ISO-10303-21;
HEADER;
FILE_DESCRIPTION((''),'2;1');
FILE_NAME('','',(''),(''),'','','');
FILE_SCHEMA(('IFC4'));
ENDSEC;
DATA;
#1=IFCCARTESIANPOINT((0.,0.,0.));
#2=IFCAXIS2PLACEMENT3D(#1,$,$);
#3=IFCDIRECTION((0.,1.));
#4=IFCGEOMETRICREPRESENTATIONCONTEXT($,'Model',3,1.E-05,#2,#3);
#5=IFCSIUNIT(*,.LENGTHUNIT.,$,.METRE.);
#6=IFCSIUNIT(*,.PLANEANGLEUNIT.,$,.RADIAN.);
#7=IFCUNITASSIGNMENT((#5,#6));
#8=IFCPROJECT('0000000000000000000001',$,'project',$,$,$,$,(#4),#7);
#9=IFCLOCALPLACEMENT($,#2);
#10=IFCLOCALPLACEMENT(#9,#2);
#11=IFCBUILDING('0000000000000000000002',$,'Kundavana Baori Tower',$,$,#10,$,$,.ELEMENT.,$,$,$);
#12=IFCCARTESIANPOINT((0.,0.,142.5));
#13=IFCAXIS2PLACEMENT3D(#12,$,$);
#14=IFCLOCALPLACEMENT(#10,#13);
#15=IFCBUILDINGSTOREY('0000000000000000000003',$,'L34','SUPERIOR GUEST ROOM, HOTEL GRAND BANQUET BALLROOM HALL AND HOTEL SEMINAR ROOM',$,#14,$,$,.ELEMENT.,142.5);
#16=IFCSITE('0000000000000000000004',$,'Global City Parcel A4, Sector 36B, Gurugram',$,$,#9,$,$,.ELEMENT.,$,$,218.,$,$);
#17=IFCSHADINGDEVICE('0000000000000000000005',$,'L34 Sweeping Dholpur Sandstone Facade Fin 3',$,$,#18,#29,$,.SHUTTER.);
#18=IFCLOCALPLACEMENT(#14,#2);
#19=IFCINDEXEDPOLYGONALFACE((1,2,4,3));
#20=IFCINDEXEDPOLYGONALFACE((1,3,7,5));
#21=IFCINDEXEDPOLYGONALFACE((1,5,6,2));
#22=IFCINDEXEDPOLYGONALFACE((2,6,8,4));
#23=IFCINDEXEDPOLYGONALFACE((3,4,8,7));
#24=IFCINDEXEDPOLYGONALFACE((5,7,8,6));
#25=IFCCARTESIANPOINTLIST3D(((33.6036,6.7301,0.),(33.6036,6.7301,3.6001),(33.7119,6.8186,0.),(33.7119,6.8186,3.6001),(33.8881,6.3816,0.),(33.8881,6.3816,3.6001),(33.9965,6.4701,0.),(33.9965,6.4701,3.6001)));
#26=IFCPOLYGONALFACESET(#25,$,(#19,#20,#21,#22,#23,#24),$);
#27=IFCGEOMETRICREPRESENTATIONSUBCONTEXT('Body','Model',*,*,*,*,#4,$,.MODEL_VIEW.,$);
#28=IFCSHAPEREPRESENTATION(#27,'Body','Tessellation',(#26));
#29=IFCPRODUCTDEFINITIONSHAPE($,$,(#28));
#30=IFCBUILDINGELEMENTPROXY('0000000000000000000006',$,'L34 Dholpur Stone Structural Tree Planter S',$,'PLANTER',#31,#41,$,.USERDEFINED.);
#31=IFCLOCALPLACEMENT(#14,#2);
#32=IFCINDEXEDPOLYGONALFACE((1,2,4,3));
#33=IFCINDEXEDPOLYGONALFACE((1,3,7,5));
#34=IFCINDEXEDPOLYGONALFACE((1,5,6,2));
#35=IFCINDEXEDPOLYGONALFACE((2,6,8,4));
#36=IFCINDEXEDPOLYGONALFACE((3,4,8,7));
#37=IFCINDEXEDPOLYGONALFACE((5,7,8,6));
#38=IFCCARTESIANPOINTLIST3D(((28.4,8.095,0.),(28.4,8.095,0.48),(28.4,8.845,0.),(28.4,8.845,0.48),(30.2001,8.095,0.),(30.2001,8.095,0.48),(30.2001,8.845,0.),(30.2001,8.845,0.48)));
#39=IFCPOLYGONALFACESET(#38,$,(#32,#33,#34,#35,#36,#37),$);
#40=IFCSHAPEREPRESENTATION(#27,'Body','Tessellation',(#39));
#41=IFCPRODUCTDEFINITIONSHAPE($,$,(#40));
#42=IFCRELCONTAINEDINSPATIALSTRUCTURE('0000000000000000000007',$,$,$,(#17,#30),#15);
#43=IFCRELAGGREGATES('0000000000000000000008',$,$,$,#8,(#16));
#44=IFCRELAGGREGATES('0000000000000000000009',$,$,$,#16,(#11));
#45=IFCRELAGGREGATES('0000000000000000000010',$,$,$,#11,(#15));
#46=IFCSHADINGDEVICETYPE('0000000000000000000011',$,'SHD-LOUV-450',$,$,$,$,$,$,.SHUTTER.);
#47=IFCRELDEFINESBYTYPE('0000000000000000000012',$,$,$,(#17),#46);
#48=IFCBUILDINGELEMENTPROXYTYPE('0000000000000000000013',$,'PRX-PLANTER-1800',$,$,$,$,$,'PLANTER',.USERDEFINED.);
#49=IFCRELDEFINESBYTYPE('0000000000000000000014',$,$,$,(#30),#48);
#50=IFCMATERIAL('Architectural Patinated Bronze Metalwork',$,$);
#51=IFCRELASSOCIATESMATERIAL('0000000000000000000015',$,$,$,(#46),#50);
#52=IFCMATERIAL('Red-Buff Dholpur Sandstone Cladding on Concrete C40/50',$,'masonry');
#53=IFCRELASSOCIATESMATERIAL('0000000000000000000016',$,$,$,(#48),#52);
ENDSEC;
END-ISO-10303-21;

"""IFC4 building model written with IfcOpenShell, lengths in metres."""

from ifc_helpers import new_model, si_unit, direction, frame, origin, origin_2d, place, context, subcontext, project, spatial, rectangle, extrude, material, type_object, element, save


model = new_model("IFC4")

# Units and contexts
model_context = context("Model", 3, precision=1e-05, world=origin(), true_north=direction((0.0, 1.0)))
body_context = subcontext(model_context, "Body", "Model", "MODEL_VIEW")
ifc_project = project(units=[si_unit("LENGTHUNIT", "METRE"), si_unit("PLANEANGLEUNIT", "RADIAN")], contexts=[model_context])

# Site, building, storey
site_placement = place(None, origin())
site = spatial("IfcSite", under=ifc_project, at=site_placement, Name="Global City Parcel A4, Sector 36B, Gurugram", CompositionType="ELEMENT", RefElevation=218.0)
building_placement = place(site_placement, origin())
building = spatial("IfcBuilding", under=site, at=building_placement, Name="Kundavana Baori Tower", CompositionType="ELEMENT")
storey_placement = place(building_placement, frame((0.0, 0.0, 142.5)))
storey = spatial("IfcBuildingStorey", under=building, at=storey_placement, Name="L34", Description="SUPERIOR GUEST ROOM, HOTEL GRAND BANQUET BALLROOM HALL AND HOTEL SEMINAR ROOM", CompositionType="ELEMENT", Elevation=142.5)

# Shading device
ifc_material_1 = material(Name="Architectural Patinated Bronze Metalwork")
shading_device_type_1 = type_object("IfcShadingDeviceType", Name="SHD-LOUV-450", PredefinedType="SHUTTER", material=ifc_material_1)
shading_device_1_placement = place(storey_placement, frame((33.8, 6.6001, 0.0), z_axis=(0.0, 0.0, 1.0), x_axis=(0.774613, 0.632435, 0.0)))
element("IfcShadingDevice", 1, at=shading_device_1_placement, inside=storey, type_object=shading_device_type_1, Name="L34 Sweeping Dholpur Sandstone Facade Fin 3", PredefinedType="SHUTTER", context=body_context, shape_type="SweptSolid", body=[
    extrude(rectangle(XDim=0.1399, YDim=0.45, at=origin_2d()), origin(), (0.0, 0.0, 1.0), 3.6001),
])

# Building element proxy
ifc_material_2 = material(Name="Red-Buff Dholpur Sandstone Cladding on Concrete C40/50", Category="masonry")
building_element_proxy_type = type_object("IfcBuildingElementProxyType", Name="PRX-PLANTER-1800", ElementType="PLANTER", PredefinedType="USERDEFINED", material=ifc_material_2)
proxy_placement = place(storey_placement, frame((29.3, 8.47, 0.0), z_axis=(0.0, 0.0, 1.0), x_axis=(1.0, 0.0, 0.0)))
element("IfcBuildingElementProxy", 2, at=proxy_placement, inside=storey, type_object=building_element_proxy_type, Name="L34 Dholpur Stone Structural Tree Planter S", ObjectType="PLANTER", PredefinedType="USERDEFINED", context=body_context, shape_type="SweptSolid", body=[
    extrude(rectangle(XDim=1.8, YDim=0.75, at=origin_2d()), origin(), (0.0, 0.0, 1.0), 0.48),
])

save(model, "model.ifc")
